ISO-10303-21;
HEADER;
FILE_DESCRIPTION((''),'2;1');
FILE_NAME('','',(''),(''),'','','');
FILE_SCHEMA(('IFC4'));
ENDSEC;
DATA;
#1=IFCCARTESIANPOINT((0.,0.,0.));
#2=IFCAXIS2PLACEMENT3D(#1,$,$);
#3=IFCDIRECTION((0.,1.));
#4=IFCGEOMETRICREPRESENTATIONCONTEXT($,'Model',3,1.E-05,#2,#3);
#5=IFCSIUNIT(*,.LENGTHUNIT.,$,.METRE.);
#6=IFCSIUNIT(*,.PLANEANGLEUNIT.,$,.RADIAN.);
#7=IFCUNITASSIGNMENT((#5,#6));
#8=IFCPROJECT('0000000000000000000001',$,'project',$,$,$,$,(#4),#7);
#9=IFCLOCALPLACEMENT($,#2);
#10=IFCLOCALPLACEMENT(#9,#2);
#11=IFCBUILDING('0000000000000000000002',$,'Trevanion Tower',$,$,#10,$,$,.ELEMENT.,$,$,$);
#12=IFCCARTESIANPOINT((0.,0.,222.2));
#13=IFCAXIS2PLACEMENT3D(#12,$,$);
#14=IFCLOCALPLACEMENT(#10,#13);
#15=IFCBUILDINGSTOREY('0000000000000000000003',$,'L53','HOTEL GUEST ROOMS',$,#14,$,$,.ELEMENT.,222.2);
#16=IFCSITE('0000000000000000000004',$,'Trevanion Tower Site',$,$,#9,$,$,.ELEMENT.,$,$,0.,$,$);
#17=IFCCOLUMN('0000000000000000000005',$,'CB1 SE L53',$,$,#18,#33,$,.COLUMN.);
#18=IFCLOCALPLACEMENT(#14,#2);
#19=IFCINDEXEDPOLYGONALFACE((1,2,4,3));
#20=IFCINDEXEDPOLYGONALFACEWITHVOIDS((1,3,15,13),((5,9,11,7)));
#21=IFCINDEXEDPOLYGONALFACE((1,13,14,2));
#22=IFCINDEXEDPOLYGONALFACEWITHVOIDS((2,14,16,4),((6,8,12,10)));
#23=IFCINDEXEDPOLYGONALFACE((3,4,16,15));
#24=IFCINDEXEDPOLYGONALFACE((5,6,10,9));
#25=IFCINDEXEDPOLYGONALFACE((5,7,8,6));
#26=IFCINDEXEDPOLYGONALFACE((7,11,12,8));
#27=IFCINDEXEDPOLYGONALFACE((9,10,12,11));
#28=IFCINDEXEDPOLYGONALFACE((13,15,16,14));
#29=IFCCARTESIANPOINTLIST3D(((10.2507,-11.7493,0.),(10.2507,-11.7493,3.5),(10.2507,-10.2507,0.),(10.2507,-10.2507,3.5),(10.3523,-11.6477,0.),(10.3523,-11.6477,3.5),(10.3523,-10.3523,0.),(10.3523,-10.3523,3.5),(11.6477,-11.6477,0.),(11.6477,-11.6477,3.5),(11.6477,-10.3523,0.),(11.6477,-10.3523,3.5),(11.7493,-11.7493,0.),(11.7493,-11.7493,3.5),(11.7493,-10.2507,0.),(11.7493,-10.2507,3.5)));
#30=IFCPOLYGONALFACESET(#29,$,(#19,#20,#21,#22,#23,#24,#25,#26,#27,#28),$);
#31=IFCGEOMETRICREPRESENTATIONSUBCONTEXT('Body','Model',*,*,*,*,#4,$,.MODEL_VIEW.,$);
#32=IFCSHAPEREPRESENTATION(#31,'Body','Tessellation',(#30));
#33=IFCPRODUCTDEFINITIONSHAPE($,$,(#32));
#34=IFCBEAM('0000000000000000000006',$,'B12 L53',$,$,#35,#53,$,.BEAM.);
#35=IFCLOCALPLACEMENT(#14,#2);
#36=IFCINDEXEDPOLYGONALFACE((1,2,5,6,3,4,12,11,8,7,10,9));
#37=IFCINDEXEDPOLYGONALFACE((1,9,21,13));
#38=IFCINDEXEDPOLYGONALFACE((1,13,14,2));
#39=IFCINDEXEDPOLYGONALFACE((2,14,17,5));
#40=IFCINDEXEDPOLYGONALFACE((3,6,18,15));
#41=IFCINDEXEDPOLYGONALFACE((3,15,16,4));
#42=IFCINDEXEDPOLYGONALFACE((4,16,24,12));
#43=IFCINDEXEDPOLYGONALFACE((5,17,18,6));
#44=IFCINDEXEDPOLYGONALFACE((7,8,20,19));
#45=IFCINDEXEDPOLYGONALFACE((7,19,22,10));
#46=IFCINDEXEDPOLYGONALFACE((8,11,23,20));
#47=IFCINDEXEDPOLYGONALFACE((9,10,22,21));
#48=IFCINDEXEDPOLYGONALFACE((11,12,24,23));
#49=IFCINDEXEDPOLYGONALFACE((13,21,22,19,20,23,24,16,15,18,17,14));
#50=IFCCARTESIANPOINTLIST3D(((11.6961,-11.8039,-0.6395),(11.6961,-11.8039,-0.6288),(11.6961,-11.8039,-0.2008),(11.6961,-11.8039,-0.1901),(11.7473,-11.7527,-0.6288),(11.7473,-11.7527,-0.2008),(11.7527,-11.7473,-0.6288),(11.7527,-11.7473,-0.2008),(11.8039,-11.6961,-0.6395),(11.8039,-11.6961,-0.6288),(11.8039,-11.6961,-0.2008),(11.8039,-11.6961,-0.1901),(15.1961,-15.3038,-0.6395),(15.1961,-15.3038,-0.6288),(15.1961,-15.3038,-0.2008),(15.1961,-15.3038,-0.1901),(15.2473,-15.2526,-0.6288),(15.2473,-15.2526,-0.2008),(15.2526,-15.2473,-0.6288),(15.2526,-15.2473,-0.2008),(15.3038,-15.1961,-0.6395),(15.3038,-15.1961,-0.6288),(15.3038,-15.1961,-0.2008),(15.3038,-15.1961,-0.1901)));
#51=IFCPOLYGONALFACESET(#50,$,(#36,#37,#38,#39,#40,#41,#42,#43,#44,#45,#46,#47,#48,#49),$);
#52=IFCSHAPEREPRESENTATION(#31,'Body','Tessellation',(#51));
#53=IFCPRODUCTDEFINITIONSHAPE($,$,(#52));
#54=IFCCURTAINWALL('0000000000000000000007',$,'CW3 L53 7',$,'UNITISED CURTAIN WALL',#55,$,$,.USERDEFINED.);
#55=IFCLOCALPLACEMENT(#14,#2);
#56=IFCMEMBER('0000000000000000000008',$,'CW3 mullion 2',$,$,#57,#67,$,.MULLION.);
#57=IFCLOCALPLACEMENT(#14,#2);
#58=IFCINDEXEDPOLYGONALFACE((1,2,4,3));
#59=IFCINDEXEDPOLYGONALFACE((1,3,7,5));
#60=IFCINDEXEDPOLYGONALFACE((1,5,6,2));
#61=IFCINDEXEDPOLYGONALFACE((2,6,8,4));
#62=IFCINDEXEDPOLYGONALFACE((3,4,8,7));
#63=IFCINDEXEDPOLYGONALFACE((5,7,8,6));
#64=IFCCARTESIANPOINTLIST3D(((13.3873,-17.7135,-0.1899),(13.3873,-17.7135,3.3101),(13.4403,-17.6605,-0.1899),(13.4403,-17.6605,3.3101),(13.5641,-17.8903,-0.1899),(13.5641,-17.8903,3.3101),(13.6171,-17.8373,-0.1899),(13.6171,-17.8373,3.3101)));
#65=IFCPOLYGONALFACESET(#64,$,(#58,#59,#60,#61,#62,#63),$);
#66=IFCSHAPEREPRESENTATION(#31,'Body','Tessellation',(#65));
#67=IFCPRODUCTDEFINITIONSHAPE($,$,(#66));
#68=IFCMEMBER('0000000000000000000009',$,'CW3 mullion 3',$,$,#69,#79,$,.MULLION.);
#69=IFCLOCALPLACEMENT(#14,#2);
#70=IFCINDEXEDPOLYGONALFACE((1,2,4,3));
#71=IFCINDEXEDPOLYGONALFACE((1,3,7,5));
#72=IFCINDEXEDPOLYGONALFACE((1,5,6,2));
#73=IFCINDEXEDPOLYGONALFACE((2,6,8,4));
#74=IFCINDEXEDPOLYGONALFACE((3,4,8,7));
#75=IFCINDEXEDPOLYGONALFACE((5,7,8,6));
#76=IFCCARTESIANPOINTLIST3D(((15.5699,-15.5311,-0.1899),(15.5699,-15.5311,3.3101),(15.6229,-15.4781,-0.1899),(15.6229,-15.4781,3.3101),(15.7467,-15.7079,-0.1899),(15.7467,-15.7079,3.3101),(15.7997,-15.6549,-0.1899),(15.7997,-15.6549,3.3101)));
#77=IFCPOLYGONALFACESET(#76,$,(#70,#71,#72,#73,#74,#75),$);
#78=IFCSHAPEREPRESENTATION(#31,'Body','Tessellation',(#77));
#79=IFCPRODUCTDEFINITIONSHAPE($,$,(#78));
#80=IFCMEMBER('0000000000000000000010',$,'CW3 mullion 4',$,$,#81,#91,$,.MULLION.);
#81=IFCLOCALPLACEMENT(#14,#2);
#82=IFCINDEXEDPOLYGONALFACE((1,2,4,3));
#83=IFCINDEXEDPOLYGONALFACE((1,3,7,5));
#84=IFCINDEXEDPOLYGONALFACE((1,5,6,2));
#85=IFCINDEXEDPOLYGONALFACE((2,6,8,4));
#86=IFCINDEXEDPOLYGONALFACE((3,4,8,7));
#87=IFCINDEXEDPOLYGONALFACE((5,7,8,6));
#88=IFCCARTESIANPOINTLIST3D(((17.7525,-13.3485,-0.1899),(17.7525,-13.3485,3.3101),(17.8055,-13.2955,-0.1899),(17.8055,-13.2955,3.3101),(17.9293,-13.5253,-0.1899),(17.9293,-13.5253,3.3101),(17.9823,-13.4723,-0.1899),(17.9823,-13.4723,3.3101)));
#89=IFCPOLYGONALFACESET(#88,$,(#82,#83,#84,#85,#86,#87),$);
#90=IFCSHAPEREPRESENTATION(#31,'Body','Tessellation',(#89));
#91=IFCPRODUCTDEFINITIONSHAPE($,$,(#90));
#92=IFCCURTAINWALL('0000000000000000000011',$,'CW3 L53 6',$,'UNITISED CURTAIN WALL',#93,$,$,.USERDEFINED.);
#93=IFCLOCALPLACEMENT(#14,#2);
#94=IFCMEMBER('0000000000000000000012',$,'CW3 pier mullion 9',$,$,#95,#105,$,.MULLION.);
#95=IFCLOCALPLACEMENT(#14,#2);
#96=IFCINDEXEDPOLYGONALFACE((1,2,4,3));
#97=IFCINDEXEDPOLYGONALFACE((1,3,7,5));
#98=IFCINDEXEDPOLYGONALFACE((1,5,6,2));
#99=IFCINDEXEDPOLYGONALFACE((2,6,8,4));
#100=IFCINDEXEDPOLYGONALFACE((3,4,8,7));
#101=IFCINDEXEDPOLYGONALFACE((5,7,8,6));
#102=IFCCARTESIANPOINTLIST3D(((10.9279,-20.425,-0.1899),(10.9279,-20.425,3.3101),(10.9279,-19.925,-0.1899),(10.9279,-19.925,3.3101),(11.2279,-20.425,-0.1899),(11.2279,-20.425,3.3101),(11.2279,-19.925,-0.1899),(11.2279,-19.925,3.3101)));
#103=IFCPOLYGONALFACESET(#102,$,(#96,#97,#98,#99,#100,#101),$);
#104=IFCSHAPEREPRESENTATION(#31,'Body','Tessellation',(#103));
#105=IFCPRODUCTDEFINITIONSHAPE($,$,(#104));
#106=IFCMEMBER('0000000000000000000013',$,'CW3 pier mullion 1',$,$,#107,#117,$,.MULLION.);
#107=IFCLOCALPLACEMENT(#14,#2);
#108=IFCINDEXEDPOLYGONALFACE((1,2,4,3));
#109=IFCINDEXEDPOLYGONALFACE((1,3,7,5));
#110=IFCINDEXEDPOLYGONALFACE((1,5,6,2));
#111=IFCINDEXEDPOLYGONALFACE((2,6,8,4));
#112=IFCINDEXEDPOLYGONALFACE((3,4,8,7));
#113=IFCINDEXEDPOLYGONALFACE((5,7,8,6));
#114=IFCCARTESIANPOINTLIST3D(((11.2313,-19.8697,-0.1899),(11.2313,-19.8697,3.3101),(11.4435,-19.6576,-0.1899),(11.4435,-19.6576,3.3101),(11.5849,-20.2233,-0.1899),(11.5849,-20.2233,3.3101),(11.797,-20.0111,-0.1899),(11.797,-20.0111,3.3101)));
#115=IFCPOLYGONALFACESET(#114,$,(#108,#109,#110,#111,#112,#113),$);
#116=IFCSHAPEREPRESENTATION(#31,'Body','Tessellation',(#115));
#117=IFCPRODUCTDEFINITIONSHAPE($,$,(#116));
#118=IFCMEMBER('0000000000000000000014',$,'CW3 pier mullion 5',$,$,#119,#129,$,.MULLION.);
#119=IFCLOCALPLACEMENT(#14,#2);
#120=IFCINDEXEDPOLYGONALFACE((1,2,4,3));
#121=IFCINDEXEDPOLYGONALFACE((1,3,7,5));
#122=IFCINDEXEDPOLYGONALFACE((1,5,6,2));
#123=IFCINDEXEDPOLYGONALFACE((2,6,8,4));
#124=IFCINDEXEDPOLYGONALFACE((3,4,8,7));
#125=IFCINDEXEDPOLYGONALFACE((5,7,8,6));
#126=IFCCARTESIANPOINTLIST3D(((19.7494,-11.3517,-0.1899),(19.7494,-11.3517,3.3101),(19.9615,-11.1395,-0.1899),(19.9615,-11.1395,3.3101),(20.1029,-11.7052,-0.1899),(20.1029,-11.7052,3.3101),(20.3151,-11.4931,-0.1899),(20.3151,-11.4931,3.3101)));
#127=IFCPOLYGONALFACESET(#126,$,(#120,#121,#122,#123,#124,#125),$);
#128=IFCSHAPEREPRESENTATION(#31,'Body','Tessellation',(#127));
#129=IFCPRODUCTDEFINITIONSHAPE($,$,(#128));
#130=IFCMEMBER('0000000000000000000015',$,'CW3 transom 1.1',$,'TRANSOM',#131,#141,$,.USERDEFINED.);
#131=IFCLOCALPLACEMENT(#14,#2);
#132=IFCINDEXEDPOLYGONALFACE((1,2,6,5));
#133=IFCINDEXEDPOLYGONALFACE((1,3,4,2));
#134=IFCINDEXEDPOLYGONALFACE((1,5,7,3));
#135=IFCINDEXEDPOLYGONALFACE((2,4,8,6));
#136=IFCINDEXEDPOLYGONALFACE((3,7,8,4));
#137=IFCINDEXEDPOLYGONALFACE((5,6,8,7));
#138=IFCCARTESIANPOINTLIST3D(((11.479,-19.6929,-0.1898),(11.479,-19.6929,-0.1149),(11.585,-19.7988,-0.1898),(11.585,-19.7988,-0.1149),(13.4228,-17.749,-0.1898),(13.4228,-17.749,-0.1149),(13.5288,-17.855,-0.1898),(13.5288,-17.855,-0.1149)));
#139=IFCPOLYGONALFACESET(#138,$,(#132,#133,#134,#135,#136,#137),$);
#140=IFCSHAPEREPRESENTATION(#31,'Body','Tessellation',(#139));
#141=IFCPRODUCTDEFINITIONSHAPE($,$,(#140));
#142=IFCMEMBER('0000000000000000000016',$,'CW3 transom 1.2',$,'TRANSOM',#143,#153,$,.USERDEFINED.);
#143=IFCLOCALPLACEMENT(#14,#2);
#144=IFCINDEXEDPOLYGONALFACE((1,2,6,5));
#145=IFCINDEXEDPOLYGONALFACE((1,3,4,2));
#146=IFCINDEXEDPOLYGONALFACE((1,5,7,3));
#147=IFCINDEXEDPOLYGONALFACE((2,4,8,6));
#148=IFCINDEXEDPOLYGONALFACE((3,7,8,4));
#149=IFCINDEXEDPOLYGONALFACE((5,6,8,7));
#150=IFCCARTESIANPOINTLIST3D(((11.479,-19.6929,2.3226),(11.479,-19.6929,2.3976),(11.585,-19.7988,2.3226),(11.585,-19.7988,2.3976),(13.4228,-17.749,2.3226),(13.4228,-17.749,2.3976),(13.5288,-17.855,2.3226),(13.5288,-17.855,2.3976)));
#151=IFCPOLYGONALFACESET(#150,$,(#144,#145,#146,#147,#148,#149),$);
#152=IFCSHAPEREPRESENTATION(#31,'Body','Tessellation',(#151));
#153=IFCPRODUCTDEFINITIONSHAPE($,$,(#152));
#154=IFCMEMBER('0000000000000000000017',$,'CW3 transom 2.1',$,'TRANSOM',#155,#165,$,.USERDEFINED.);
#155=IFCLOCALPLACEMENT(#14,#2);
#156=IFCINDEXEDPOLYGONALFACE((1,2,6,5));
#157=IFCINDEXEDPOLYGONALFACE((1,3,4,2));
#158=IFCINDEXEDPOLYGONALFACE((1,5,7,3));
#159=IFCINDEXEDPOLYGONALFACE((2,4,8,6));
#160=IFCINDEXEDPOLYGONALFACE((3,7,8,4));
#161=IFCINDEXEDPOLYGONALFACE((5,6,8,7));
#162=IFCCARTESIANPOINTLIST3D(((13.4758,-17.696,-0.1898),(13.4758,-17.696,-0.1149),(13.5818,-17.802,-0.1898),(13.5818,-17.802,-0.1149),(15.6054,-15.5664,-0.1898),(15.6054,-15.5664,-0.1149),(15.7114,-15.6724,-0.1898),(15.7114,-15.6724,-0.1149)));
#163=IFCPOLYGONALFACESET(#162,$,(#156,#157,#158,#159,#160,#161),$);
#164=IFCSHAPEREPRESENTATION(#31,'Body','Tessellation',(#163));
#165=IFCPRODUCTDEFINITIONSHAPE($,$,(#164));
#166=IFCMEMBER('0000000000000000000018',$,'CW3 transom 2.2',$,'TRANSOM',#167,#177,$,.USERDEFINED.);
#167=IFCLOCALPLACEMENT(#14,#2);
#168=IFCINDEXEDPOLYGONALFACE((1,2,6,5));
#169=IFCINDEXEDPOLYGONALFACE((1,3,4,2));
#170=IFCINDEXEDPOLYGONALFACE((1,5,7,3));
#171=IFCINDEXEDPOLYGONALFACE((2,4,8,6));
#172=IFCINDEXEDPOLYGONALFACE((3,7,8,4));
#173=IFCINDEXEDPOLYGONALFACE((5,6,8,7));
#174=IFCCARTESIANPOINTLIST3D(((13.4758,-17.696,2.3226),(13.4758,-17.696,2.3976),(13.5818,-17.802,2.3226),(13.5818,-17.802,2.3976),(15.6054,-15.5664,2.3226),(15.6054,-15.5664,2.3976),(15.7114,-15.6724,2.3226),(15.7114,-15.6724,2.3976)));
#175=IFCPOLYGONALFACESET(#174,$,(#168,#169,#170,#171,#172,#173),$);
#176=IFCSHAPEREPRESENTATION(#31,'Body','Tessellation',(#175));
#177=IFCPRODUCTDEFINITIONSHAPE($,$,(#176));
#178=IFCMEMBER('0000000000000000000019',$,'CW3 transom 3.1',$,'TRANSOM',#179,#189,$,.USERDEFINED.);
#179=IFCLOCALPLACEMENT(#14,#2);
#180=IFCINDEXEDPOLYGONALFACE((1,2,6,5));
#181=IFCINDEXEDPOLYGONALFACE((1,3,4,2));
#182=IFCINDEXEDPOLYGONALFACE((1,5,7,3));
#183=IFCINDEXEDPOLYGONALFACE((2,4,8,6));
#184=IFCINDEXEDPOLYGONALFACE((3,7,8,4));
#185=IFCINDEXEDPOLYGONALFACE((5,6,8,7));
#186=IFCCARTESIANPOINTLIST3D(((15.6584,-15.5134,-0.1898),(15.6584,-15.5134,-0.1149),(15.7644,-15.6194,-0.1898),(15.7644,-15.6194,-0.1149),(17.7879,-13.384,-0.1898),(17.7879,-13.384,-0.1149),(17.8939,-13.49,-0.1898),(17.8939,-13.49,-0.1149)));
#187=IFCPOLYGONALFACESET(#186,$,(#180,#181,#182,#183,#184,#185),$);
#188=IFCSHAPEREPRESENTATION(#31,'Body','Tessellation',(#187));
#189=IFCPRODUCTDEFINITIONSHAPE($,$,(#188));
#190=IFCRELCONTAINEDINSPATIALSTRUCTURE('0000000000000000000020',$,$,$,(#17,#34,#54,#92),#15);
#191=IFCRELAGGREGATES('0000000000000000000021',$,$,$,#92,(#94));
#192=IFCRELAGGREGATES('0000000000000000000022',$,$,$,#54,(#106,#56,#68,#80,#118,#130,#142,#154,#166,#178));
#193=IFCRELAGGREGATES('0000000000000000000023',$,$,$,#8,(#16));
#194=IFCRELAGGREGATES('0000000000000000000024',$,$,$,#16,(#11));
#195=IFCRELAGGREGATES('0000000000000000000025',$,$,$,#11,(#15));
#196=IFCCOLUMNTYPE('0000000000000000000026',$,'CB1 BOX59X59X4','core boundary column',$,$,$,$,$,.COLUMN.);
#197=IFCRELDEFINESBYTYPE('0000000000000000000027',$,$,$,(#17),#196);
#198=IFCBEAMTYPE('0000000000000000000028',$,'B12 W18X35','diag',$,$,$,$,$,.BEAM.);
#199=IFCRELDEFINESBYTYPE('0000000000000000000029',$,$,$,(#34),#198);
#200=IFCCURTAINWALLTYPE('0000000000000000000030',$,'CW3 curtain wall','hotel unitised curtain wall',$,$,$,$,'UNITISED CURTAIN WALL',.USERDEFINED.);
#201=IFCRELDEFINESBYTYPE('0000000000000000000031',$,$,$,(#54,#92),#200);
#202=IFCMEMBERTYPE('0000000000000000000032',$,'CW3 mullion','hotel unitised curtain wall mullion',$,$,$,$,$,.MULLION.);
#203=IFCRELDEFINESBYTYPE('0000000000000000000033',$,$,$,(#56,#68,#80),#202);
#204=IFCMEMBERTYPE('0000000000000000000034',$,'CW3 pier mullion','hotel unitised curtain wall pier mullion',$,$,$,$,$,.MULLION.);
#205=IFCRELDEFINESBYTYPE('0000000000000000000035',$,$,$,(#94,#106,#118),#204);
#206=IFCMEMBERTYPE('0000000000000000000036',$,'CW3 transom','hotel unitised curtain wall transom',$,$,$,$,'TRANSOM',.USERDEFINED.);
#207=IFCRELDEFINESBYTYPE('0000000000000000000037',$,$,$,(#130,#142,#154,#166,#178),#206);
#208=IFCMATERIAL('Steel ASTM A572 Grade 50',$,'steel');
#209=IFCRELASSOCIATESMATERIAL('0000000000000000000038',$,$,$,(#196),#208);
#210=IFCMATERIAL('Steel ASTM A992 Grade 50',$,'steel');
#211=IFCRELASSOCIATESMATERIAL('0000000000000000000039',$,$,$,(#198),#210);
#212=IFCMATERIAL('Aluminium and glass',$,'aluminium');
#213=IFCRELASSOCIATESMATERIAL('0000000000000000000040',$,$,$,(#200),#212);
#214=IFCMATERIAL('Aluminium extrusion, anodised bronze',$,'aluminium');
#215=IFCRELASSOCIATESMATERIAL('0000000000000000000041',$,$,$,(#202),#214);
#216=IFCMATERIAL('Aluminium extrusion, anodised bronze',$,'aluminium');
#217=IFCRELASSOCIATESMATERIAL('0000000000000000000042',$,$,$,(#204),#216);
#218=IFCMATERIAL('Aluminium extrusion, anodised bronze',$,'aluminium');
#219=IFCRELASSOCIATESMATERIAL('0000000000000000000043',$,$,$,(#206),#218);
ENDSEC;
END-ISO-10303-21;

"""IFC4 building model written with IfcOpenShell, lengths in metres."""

from ifc_helpers import new_model, si_unit, direction, frame, origin, origin_2d, place, context, subcontext, project, spatial, rectangle, hollow_rectangle, i_section, extrude, material, material_profile, profile_set, type_object, element, aggregate, save


model = new_model("IFC4")

# Units and contexts
model_context = context("Model", 3, precision=1e-05, world=origin(), true_north=direction((0.0, 1.0)))
body_context = subcontext(model_context, "Body", "Model", "MODEL_VIEW")
ifc_project = project(units=[si_unit("LENGTHUNIT", "METRE"), si_unit("PLANEANGLEUNIT", "RADIAN")], contexts=[model_context])

# Site, building, storey
site_placement = place(None, origin())
site = spatial("IfcSite", under=ifc_project, at=site_placement, Name="Trevanion Tower Site", CompositionType="ELEMENT", RefElevation=0.0)
building_placement = place(site_placement, origin())
building = spatial("IfcBuilding", under=site, at=building_placement, Name="Trevanion Tower", CompositionType="ELEMENT")
storey_placement = place(building_placement, frame((0.0, 0.0, 222.2)))
storey = spatial("IfcBuildingStorey", under=building, at=storey_placement, Name="L53", Description="HOTEL GUEST ROOMS", CompositionType="ELEMENT", Elevation=222.2)

# Column
ifc_material_1 = material(Name="Steel ASTM A572 Grade 50", Category="steel")
ifc_material_profile_1 = material_profile(ifc_material_1, hollow_rectangle(XDim=1.4985, YDim=1.4985, WallThickness=0.1016, at=origin_2d()), Name="BOX59X59X4")
ifc_profile_set_1 = profile_set([ifc_material_profile_1], Name="Steel ASTM A572 Grade 50")
column_type = type_object("IfcColumnType", Name="CB1 BOX59X59X4", Description="core boundary column", PredefinedType="COLUMN", material=ifc_profile_set_1)
column_placement = place(storey_placement, frame((11.0, -11.0, 0.0), z_axis=(0.0, 0.0, 1.0), x_axis=(1.0, 0.0, 0.0)))
element("IfcColumn", 1, at=column_placement, inside=storey, type_object=column_type, Name="CB1 SE L53", PredefinedType="COLUMN", context=body_context, shape_type="SweptSolid", body=[
    extrude(hollow_rectangle(XDim=1.4985, YDim=1.4985, WallThickness=0.1016, at=origin_2d()), origin(), (0.0, 0.0, 1.0), 3.5),
])

# Beam
ifc_material_2 = material(Name="Steel ASTM A992 Grade 50", Category="steel")
ifc_material_profile_2 = material_profile(ifc_material_2, i_section(OverallWidth=0.1523, OverallDepth=0.4495, WebThickness=0.0076, FlangeThickness=0.0107, at=origin_2d()), Name="W18X35")
ifc_profile_set_2 = profile_set([ifc_material_profile_2], Name="Steel ASTM A992 Grade 50")
beam_type_1 = type_object("IfcBeamType", Name="B12 W18X35", Description="diag", PredefinedType="BEAM", material=ifc_profile_set_2)
beam_placement = place(storey_placement, frame((11.75, -11.75, -0.4148), z_axis=(0.707107, -0.707107, 0.0), x_axis=(0.707107, 0.707107, 0.0)))
element("IfcBeam", 2, at=beam_placement, inside=storey, type_object=beam_type_1, Name="B12 L53", PredefinedType="BEAM", context=body_context, shape_type="SweptSolid", body=[
    extrude(i_section(OverallWidth=0.1523, OverallDepth=0.4495, WebThickness=0.0076, FlangeThickness=0.0107, at=origin_2d()), origin(), (0.0, 0.0, 1.0), 4.9497),
])

# Curtain wall, members
ifc_material_3 = material(Name="Aluminium and glass", Category="aluminium")
curtain_wall_type = type_object("IfcCurtainWallType", Name="CW3 curtain wall", Description="hotel unitised curtain wall", ElementType="UNITISED CURTAIN WALL", PredefinedType="USERDEFINED", material=ifc_material_3)
curtain_wall_1_placement = place(storey_placement, origin())
curtain_wall_1 = element("IfcCurtainWall", 3, at=curtain_wall_1_placement, inside=storey, type_object=curtain_wall_type, Name="CW3 L53 7", ObjectType="UNITISED CURTAIN WALL", PredefinedType="USERDEFINED")
ifc_material_4 = material(Name="Aluminium extrusion, anodised bronze", Category="aluminium")
ifc_material_profile_3 = material_profile(ifc_material_4, rectangle(XDim=0.075, YDim=0.25, at=origin_2d()), Name="CW3 mullion")
ifc_profile_set_3 = profile_set([ifc_material_profile_3], Name="Aluminium extrusion, anodised bronze")
member_type_1 = type_object("IfcMemberType", Name="CW3 mullion", Description="hotel unitised curtain wall mullion", PredefinedType="MULLION", material=ifc_profile_set_3)
member_1_placement = place(storey_placement, frame((13.5022, -17.7754, -0.1899), z_axis=(0.0, 0.0, 1.0), x_axis=(0.707107, 0.707107, 0.0)))
member_1 = element("IfcMember", 4, at=member_1_placement, type_object=member_type_1, Name="CW3 mullion 2", PredefinedType="MULLION", context=body_context, shape_type="SweptSolid", body=[
    extrude(rectangle(XDim=0.075, YDim=0.25, at=origin_2d()), origin(), (0.0, 0.0, 1.0), 3.5),
])
member_2_placement = place(storey_placement, frame((15.6848, -15.593, -0.1899), z_axis=(0.0, 0.0, 1.0), x_axis=(0.707107, 0.707107, 0.0)))
member_2 = element("IfcMember", 5, at=member_2_placement, type_object=member_type_1, Name="CW3 mullion 3", PredefinedType="MULLION", context=body_context, shape_type="SweptSolid", body=[
    extrude(rectangle(XDim=0.075, YDim=0.25, at=origin_2d()), origin(), (0.0, 0.0, 1.0), 3.5),
])
member_3_placement = place(storey_placement, frame((17.8674, -13.4104, -0.1899), z_axis=(0.0, 0.0, 1.0), x_axis=(0.707107, 0.707107, 0.0)))
member_3 = element("IfcMember", 6, at=member_3_placement, type_object=member_type_1, Name="CW3 mullion 4", PredefinedType="MULLION", context=body_context, shape_type="SweptSolid", body=[
    extrude(rectangle(XDim=0.075, YDim=0.25, at=origin_2d()), origin(), (0.0, 0.0, 1.0), 3.5),
])

# Curtain wall, member
curtain_wall_2_placement = place(storey_placement, origin())
curtain_wall_2 = element("IfcCurtainWall", 7, at=curtain_wall_2_placement, inside=storey, type_object=curtain_wall_type, Name="CW3 L53 6", ObjectType="UNITISED CURTAIN WALL", PredefinedType="USERDEFINED")
ifc_material_5 = material(Name="Aluminium extrusion, anodised bronze", Category="aluminium")
ifc_material_profile_4 = material_profile(ifc_material_5, rectangle(XDim=0.3, YDim=0.5, at=origin_2d()), Name="CW3 pier mullion")
ifc_profile_set_4 = profile_set([ifc_material_profile_4], Name="Aluminium extrusion, anodised bronze")
member_type_2 = type_object("IfcMemberType", Name="CW3 pier mullion", Description="hotel unitised curtain wall pier mullion", PredefinedType="MULLION", material=ifc_profile_set_4)
member_4_placement = place(storey_placement, frame((11.0779, -20.175, -0.1899), z_axis=(0.0, 0.0, 1.0), x_axis=(1.0, 0.0, 0.0)))
member_4 = element("IfcMember", 8, at=member_4_placement, type_object=member_type_2, Name="CW3 pier mullion 9", PredefinedType="MULLION", context=body_context, shape_type="SweptSolid", body=[
    extrude(rectangle(XDim=0.3, YDim=0.5, at=origin_2d()), origin(), (0.0, 0.0, 1.0), 3.5),
])
aggregate(curtain_wall_2, [member_4])

# Members
member_5_placement = place(storey_placement, frame((11.5142, -19.9404, -0.1899), z_axis=(0.0, 0.0, 1.0), x_axis=(0.707107, 0.707107, 0.0)))
member_5 = element("IfcMember", 9, at=member_5_placement, type_object=member_type_2, Name="CW3 pier mullion 1", PredefinedType="MULLION", context=body_context, shape_type="SweptSolid", body=[
    extrude(rectangle(XDim=0.3, YDim=0.5, at=origin_2d()), origin(), (0.0, 0.0, 1.0), 3.5),
])
member_6_placement = place(storey_placement, frame((20.0322, -11.4224, -0.1899), z_axis=(0.0, 0.0, 1.0), x_axis=(0.707107, 0.707107, 0.0)))
member_6 = element("IfcMember", 10, at=member_6_placement, type_object=member_type_2, Name="CW3 pier mullion 5", PredefinedType="MULLION", context=body_context, shape_type="SweptSolid", body=[
    extrude(rectangle(XDim=0.3, YDim=0.5, at=origin_2d()), origin(), (0.0, 0.0, 1.0), 3.5),
])
ifc_material_6 = material(Name="Aluminium extrusion, anodised bronze", Category="aluminium")
ifc_material_profile_5 = material_profile(ifc_material_6, rectangle(XDim=0.1499, YDim=0.075, at=origin_2d()), Name="CW3 transom")
ifc_profile_set_5 = profile_set([ifc_material_profile_5], Name="Aluminium extrusion, anodised bronze")
member_type_3 = type_object("IfcMemberType", Name="CW3 transom", Description="hotel unitised curtain wall transom", ElementType="TRANSOM", PredefinedType="USERDEFINED", material=ifc_profile_set_5)
member_7_placement = place(storey_placement, frame((11.532, -19.7458, -0.1523), z_axis=(0.707107, 0.707107, 0.0), x_axis=(-0.707107, 0.707107, 0.0)))
member_7 = element("IfcMember", 11, at=member_7_placement, type_object=member_type_3, Name="CW3 transom 1.1", ObjectType="TRANSOM", PredefinedType="USERDEFINED", context=body_context, shape_type="SweptSolid", body=[
    extrude(rectangle(XDim=0.1499, YDim=0.075, at=origin_2d()), origin(), (0.0, 0.0, 1.0), 2.749),
])
member_8_placement = place(storey_placement, frame((11.532, -19.7458, 2.3601), z_axis=(0.707107, 0.707107, 0.0), x_axis=(-0.707107, 0.707107, 0.0)))
member_8 = element("IfcMember", 12, at=member_8_placement, type_object=member_type_3, Name="CW3 transom 1.2", ObjectType="TRANSOM", PredefinedType="USERDEFINED", context=body_context, shape_type="SweptSolid", body=[
    extrude(rectangle(XDim=0.1499, YDim=0.075, at=origin_2d()), origin(), (0.0, 0.0, 1.0), 2.749),
])
member_9_placement = place(storey_placement, frame((13.5288, -17.749, -0.1523), z_axis=(0.707107, 0.707107, 0.0), x_axis=(-0.707107, 0.707107, 0.0)))
member_9 = element("IfcMember", 13, at=member_9_placement, type_object=member_type_3, Name="CW3 transom 2.1", ObjectType="TRANSOM", PredefinedType="USERDEFINED", context=body_context, shape_type="SweptSolid", body=[
    extrude(rectangle(XDim=0.1499, YDim=0.075, at=origin_2d()), origin(), (0.0, 0.0, 1.0), 3.0117),
])
member_10_placement = place(storey_placement, frame((13.5288, -17.749, 2.3601), z_axis=(0.707107, 0.707107, 0.0), x_axis=(-0.707107, 0.707107, 0.0)))
member_10 = element("IfcMember", 14, at=member_10_placement, type_object=member_type_3, Name="CW3 transom 2.2", ObjectType="TRANSOM", PredefinedType="USERDEFINED", context=body_context, shape_type="SweptSolid", body=[
    extrude(rectangle(XDim=0.1499, YDim=0.075, at=origin_2d()), origin(), (0.0, 0.0, 1.0), 3.0117),
])
member_11_placement = place(storey_placement, frame((15.7114, -15.5664, -0.1523), z_axis=(0.707107, 0.707107, 0.0), x_axis=(-0.707107, 0.707107, 0.0)))
member_11 = element("IfcMember", 15, at=member_11_placement, type_object=member_type_3, Name="CW3 transom 3.1", ObjectType="TRANSOM", PredefinedType="USERDEFINED", context=body_context, shape_type="SweptSolid", body=[
    extrude(rectangle(XDim=0.1499, YDim=0.075, at=origin_2d()), origin(), (0.0, 0.0, 1.0), 3.0115),
])

aggregate(curtain_wall_1, [member_5, member_1, member_2, member_3, member_6, member_7, member_8, member_9, member_10, member_11])

save(model, "model.ifc")
